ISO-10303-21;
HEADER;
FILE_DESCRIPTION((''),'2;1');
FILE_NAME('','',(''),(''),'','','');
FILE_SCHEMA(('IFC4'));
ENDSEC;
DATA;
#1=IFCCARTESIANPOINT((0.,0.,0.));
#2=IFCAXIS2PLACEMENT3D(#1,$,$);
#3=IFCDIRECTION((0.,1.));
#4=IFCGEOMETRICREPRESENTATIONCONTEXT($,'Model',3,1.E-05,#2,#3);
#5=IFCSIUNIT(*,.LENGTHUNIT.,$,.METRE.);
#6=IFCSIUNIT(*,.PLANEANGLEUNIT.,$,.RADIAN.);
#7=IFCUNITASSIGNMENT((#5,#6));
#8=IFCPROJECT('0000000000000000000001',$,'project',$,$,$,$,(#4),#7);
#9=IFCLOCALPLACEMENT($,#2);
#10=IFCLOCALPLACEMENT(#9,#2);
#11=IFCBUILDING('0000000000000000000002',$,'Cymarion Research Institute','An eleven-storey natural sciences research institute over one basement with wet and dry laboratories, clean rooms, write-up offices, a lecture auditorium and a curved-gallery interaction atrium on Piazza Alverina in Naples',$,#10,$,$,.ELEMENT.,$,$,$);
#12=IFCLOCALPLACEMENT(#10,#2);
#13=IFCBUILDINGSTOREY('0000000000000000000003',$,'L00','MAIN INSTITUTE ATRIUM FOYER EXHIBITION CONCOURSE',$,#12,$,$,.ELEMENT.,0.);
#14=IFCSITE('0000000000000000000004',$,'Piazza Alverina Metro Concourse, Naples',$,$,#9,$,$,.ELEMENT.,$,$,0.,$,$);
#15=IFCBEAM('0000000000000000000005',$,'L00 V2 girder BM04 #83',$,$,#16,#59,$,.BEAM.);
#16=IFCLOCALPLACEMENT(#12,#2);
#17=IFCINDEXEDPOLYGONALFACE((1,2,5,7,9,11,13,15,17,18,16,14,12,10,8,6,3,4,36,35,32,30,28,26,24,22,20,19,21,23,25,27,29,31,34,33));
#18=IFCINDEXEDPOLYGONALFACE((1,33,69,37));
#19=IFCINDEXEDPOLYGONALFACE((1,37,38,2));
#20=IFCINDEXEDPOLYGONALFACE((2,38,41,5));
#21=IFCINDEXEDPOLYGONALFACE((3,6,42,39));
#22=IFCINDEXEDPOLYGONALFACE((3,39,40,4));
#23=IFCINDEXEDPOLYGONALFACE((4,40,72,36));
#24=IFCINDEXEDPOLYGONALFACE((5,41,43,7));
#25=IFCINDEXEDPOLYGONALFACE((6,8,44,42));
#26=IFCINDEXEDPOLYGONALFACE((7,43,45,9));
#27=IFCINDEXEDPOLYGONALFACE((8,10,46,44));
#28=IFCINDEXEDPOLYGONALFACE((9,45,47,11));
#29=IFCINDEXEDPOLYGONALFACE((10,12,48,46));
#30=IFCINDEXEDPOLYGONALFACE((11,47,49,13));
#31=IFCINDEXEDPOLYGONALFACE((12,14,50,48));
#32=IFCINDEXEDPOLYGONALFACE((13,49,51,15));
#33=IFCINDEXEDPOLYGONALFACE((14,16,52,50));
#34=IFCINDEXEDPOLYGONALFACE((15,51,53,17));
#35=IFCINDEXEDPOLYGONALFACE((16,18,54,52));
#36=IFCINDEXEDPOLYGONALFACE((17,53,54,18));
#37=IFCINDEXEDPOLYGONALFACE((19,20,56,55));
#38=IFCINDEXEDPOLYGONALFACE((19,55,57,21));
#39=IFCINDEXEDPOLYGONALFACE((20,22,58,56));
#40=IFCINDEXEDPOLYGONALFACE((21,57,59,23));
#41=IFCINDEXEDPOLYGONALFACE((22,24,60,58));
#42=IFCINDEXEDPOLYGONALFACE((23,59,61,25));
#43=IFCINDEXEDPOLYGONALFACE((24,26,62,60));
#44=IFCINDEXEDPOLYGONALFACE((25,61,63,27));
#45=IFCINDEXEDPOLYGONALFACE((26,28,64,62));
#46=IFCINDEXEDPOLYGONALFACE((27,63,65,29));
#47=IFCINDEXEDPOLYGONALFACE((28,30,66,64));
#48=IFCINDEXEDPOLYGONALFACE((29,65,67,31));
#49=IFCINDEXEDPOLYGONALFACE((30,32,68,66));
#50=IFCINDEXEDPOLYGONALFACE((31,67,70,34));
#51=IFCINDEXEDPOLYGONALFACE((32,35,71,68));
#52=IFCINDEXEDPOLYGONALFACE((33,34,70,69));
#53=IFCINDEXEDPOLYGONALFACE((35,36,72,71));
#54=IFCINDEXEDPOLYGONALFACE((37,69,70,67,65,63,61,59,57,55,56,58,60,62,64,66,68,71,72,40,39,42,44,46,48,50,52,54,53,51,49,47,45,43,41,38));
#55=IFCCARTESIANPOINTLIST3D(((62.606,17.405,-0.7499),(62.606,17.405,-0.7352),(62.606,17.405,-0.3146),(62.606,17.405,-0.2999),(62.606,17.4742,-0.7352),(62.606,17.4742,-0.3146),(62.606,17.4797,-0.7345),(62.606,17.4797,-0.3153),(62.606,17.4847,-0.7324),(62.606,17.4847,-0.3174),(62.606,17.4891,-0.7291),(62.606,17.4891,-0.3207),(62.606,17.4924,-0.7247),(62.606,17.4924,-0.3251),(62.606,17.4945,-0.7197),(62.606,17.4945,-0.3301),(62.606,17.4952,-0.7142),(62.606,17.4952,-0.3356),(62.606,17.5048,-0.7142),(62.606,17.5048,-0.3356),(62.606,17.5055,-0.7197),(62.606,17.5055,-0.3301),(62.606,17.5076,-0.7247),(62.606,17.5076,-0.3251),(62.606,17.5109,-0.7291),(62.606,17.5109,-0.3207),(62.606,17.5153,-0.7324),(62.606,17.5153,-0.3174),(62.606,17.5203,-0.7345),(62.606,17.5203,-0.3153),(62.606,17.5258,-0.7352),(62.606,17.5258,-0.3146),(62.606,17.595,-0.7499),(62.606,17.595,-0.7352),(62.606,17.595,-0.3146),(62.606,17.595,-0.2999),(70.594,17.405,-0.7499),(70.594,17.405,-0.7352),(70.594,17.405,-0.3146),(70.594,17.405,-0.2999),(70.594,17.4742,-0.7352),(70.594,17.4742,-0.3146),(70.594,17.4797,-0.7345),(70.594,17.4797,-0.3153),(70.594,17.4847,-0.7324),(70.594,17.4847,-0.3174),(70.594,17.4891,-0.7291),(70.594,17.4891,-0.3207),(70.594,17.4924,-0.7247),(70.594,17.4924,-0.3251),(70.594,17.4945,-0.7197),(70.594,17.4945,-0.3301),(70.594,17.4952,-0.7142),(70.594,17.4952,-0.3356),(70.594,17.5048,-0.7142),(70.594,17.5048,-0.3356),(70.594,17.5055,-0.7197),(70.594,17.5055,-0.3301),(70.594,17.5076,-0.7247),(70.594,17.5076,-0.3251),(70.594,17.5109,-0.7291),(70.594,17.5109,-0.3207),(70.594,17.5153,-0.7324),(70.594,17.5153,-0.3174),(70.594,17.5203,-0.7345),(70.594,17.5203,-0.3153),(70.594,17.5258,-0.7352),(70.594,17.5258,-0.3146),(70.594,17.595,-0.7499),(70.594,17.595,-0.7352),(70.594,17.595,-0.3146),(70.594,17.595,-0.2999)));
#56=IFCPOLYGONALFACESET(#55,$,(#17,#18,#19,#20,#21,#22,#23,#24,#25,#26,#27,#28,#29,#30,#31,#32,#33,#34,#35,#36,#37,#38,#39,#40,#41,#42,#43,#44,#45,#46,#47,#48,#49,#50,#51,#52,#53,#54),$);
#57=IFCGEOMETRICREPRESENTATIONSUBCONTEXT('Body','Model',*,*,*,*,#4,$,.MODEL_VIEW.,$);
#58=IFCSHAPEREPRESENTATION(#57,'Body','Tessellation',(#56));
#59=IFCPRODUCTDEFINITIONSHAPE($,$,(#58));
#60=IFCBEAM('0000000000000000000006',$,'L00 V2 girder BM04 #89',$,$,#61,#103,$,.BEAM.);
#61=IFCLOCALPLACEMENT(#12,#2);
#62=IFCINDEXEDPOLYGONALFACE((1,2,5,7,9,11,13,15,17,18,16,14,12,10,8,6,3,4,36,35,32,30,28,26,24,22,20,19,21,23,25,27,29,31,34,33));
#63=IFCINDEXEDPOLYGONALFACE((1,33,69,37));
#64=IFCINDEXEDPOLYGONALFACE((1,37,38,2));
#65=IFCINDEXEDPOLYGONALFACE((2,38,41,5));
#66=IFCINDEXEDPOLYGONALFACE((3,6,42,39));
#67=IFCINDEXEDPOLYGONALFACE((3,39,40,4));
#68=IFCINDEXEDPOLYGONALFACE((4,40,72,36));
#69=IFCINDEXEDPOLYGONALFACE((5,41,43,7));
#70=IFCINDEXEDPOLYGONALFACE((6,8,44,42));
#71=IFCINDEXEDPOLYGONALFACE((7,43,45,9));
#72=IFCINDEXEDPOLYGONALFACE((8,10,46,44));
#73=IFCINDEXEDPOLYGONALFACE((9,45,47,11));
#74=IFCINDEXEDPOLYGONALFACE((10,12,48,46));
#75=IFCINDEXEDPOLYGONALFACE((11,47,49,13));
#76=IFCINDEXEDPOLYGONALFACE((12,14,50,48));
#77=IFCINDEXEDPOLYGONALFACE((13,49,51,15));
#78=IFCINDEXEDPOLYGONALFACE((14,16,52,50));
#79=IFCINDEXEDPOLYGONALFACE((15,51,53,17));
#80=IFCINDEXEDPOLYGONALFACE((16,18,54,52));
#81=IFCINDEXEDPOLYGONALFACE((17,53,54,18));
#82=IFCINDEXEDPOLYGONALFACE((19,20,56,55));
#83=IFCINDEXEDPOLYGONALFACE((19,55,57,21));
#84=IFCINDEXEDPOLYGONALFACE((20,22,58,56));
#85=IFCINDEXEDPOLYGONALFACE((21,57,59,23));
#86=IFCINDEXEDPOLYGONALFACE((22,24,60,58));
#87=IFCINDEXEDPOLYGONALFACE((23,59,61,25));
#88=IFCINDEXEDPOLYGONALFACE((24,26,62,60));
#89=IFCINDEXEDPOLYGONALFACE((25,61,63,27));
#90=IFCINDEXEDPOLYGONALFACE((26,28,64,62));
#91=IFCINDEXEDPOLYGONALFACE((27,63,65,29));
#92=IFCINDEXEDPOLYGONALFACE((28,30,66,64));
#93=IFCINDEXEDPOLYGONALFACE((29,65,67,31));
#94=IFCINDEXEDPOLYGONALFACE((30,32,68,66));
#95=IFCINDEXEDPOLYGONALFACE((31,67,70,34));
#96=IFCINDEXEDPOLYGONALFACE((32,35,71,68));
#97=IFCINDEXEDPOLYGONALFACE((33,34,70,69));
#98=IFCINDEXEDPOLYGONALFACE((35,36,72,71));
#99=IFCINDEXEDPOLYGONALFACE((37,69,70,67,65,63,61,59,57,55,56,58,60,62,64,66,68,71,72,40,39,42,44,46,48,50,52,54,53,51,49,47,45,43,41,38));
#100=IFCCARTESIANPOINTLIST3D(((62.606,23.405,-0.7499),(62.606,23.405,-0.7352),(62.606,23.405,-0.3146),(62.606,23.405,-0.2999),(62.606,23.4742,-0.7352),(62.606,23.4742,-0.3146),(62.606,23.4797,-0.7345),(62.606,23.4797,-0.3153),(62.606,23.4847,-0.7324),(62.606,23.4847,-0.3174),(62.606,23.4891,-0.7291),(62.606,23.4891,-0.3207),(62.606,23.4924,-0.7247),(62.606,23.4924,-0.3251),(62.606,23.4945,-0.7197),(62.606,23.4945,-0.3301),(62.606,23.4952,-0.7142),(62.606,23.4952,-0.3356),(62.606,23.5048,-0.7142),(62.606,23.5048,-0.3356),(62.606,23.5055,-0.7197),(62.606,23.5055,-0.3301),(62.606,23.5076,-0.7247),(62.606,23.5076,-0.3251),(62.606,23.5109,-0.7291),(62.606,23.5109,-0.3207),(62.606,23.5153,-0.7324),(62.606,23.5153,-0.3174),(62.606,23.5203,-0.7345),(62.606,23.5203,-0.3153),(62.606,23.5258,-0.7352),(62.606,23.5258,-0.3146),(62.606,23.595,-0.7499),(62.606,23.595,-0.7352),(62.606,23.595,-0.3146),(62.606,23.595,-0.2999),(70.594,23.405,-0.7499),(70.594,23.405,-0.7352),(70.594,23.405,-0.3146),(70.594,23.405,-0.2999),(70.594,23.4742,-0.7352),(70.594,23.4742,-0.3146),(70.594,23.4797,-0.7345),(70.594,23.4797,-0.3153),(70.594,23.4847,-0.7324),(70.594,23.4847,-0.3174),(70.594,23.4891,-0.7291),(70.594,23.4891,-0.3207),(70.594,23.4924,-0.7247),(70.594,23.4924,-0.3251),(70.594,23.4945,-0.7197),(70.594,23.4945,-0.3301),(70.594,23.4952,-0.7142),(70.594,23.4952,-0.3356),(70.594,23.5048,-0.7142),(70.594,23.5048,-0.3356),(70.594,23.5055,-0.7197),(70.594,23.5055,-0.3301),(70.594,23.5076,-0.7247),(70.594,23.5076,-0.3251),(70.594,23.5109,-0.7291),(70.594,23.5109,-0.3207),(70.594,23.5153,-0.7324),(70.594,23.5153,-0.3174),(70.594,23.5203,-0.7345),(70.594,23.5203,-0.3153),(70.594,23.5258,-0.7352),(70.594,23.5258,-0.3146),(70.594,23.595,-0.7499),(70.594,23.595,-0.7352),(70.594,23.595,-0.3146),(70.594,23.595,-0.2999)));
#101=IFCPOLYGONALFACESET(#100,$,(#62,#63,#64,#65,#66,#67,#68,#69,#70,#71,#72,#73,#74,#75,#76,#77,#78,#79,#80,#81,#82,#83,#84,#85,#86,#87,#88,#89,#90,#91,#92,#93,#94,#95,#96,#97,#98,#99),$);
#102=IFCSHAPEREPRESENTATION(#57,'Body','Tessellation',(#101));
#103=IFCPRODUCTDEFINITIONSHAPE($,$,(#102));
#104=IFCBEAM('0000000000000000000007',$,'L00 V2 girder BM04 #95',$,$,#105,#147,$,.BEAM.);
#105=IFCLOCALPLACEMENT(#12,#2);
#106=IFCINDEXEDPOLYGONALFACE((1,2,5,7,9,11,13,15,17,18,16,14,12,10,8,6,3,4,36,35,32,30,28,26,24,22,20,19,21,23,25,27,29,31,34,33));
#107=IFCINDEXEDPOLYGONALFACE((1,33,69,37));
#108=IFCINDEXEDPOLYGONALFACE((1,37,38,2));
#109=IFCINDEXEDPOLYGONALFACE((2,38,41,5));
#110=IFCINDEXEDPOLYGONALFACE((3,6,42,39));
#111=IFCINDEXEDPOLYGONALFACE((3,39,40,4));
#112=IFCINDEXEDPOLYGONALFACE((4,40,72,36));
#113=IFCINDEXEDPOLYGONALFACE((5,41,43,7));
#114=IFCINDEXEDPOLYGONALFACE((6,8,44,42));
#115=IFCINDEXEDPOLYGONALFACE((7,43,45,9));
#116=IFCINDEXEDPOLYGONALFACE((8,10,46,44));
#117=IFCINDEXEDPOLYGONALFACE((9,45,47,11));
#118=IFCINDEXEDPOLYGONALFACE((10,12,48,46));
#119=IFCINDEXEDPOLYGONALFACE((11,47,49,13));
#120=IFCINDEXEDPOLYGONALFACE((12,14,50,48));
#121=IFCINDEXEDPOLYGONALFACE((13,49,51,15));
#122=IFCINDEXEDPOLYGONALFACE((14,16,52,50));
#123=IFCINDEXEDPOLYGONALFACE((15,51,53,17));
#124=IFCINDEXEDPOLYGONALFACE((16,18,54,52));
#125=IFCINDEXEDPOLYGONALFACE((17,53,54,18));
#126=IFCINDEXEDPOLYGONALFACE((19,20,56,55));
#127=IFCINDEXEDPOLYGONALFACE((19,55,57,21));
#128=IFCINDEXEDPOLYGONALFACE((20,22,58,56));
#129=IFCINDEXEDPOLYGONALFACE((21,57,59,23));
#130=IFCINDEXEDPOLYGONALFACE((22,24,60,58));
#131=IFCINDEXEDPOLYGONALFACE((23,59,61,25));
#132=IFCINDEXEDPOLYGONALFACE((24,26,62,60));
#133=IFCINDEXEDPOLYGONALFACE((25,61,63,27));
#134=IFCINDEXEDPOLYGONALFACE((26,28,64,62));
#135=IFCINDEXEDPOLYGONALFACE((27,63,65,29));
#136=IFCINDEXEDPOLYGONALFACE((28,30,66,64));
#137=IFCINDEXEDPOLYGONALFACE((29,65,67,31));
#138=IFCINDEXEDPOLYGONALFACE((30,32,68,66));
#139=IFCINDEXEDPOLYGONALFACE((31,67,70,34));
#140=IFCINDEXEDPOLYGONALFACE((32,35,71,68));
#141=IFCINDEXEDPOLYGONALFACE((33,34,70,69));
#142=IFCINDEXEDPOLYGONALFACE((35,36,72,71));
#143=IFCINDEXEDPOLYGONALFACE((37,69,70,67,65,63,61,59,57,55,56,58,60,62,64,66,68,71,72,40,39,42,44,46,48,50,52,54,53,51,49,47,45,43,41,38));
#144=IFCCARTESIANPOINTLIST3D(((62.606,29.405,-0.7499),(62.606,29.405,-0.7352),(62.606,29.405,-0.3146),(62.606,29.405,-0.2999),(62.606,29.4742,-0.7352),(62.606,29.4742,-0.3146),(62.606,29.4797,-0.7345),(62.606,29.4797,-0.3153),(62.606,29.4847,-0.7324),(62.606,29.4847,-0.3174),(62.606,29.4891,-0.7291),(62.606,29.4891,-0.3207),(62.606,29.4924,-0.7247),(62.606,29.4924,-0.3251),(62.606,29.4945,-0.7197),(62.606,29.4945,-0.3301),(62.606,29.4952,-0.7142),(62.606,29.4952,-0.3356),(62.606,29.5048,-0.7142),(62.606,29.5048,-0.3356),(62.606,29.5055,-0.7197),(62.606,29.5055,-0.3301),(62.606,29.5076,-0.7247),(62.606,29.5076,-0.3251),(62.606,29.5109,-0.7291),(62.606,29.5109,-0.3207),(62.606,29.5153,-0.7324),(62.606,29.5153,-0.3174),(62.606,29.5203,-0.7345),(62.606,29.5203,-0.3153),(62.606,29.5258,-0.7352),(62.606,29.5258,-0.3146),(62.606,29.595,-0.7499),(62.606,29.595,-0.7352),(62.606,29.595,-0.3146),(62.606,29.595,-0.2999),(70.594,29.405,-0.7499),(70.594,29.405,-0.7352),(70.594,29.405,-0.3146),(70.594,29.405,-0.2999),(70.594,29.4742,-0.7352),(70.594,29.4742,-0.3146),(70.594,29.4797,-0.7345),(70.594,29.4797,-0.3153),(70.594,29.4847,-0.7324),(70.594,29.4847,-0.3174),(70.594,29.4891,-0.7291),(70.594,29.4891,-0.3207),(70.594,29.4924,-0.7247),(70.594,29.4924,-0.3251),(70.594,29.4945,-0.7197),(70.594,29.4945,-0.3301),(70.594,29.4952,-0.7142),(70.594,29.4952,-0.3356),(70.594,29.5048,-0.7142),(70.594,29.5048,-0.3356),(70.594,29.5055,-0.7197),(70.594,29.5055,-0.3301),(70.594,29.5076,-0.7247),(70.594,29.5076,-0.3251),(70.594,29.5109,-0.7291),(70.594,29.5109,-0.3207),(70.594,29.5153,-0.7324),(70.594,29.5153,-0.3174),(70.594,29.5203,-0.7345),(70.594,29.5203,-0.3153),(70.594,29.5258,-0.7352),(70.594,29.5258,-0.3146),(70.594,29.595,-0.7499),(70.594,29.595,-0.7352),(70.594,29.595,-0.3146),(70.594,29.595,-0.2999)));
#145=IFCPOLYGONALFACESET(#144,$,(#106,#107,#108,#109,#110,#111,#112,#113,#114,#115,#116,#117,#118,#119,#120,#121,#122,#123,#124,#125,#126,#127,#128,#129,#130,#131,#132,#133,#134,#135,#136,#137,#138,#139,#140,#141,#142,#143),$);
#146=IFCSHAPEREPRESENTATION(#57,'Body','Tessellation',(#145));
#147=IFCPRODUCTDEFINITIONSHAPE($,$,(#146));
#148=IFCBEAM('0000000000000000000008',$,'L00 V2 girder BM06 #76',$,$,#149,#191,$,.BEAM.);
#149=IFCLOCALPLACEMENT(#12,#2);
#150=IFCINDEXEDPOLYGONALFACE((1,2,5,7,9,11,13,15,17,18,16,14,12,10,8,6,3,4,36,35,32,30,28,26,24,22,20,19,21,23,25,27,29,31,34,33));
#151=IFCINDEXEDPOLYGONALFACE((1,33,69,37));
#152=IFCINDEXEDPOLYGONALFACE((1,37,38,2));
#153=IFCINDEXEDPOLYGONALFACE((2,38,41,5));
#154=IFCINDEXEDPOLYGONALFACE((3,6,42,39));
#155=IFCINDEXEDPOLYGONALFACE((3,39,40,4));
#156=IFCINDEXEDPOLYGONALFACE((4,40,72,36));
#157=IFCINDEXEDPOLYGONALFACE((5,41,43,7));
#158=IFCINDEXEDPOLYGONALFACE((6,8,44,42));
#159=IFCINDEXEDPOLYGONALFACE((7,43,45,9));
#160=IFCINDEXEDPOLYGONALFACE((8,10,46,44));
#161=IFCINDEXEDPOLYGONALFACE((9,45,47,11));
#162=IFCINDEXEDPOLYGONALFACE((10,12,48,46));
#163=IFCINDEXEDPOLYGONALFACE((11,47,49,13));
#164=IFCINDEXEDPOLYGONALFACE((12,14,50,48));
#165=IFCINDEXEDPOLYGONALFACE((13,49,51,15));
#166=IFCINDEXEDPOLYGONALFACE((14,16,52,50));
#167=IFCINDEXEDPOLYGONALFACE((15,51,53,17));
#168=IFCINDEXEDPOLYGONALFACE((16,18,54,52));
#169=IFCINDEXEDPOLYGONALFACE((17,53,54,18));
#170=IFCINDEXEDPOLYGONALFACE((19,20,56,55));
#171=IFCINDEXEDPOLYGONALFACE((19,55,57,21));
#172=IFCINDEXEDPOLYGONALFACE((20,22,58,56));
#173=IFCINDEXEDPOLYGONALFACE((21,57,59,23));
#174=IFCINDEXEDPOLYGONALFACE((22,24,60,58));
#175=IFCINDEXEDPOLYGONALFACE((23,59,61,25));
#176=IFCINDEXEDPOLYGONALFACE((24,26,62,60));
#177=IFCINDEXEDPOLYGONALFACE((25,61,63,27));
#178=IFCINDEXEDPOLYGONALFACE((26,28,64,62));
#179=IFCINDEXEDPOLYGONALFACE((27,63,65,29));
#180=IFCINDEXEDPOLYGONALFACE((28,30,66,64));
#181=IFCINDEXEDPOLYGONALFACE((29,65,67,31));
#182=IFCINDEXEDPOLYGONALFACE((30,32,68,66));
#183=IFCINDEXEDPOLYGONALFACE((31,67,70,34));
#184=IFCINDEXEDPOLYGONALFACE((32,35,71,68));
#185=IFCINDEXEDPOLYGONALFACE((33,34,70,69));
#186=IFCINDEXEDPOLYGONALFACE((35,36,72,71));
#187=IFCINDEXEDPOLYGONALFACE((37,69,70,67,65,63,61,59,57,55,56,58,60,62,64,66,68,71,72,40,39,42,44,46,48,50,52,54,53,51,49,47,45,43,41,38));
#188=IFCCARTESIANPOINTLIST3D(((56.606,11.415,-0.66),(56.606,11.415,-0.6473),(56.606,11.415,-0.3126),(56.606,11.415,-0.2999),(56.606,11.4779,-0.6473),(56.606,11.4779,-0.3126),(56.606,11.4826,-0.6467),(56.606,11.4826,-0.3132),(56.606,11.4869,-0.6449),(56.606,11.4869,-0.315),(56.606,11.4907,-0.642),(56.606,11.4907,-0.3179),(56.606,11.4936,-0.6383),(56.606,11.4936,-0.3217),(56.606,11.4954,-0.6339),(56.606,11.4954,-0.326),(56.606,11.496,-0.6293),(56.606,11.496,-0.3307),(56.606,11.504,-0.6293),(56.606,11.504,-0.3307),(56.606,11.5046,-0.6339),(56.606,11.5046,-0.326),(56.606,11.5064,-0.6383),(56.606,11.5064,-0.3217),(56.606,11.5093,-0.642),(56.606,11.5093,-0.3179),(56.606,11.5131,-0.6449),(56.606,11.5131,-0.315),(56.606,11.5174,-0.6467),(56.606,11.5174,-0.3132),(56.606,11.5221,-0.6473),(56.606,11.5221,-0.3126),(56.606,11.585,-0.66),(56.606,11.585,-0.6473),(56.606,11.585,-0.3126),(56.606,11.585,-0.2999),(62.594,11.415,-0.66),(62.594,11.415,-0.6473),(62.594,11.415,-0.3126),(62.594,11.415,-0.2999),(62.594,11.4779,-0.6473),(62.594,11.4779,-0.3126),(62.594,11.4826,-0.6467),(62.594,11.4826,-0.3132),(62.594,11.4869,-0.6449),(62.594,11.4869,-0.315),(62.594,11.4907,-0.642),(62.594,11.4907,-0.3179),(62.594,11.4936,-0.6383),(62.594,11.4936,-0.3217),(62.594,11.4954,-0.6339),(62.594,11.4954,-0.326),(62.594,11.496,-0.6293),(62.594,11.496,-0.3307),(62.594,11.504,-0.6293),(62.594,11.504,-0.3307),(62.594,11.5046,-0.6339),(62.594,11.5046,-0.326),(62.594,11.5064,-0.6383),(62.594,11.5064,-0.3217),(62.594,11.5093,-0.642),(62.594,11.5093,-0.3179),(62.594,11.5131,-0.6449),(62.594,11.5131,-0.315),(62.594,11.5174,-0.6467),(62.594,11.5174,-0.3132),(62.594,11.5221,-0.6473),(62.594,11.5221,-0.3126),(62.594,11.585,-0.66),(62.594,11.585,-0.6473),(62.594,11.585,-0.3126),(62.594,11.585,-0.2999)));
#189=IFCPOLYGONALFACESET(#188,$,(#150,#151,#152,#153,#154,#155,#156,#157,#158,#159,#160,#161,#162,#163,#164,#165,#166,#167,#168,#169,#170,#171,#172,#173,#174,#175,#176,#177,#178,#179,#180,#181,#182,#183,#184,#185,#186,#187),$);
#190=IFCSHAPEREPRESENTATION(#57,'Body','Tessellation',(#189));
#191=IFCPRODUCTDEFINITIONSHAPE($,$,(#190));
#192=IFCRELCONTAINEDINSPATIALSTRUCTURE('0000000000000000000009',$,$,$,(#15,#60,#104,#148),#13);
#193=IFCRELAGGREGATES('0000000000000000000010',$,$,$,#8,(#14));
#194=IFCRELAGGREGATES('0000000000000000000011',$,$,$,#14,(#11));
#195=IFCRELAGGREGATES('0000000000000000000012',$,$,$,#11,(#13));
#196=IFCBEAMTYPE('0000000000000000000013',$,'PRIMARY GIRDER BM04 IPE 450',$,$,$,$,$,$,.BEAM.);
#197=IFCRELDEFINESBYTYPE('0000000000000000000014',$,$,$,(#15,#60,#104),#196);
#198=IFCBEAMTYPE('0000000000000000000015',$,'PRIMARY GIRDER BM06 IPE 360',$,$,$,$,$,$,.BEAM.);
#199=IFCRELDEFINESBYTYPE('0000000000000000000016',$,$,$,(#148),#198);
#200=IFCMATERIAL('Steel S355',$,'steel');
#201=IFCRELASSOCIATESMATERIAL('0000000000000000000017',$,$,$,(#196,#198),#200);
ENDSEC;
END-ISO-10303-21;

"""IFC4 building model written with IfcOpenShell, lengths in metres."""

from ifc_helpers import new_model, si_unit, direction, frame, origin, origin_2d, place, context, subcontext, project, spatial, i_section, extrude, material, material_profile, profile_set, type_object, element, save


model = new_model("IFC4")

# Units and contexts
model_context = context("Model", 3, precision=1e-05, world=origin(), true_north=direction((0.0, 1.0)))
body_context = subcontext(model_context, "Body", "Model", "MODEL_VIEW")
ifc_project = project(units=[si_unit("LENGTHUNIT", "METRE"), si_unit("PLANEANGLEUNIT", "RADIAN")], contexts=[model_context])

# Site, building, storey
site_placement = place(None, origin())
site = spatial("IfcSite", under=ifc_project, at=site_placement, Name="Piazza Alverina Metro Concourse, Naples", CompositionType="ELEMENT", RefElevation=0.0)
building_placement = place(site_placement, origin())
building = spatial("IfcBuilding", under=site, at=building_placement, Name="Cymarion Research Institute", Description="An eleven-storey natural sciences research institute over one basement with wet and dry laboratories, clean rooms, write-up offices, a lecture auditorium and a curved-gallery interaction atrium on Piazza Alverina in Naples", CompositionType="ELEMENT")
storey_placement = place(building_placement, origin())
storey = spatial("IfcBuildingStorey", under=building, at=storey_placement, Name="L00", Description="MAIN INSTITUTE ATRIUM FOYER EXHIBITION CONCOURSE", CompositionType="ELEMENT", Elevation=0.0)

# Shared definitions
ifc_material_1 = material(Name="Steel S355", Category="steel")

# Beams
ifc_material_profile_1 = material_profile(ifc_material_1, i_section(OverallWidth=0.1899, OverallDepth=0.45, WebThickness=0.0095, FlangeThickness=0.0146, FilletRadius=0.021, at=origin_2d()), Name="IPE 450")
ifc_profile_set_1 = profile_set([ifc_material_profile_1], Name="Steel S355")
beam_type_1 = type_object("IfcBeamType", Name="PRIMARY GIRDER BM04 IPE 450", PredefinedType="BEAM", material=ifc_profile_set_1)
for number, where, z_axis, x_axis, name in (
    (1, (62.606, 17.5, -0.5249), (1.0, 0.0, 0.0), (0.0, 1.0, 0.0), "L00 V2 girder BM04 #83"),
    (2, (62.606, 23.5, -0.5249), (1.0, 0.0, 0.0), (0.0, 1.0, 0.0), "L00 V2 girder BM04 #89"),
    (3, (62.606, 29.5, -0.5249), (1.0, 0.0, 0.0), (0.0, 1.0, 0.0), "L00 V2 girder BM04 #95"),
):
    element("IfcBeam", number, at=place(storey_placement, frame(where, z_axis=z_axis, x_axis=x_axis)), inside=storey, type_object=beam_type_1, Name=name, PredefinedType="BEAM", context=body_context, shape_type="SweptSolid", body=[
        extrude(i_section(OverallWidth=0.1899, OverallDepth=0.45, WebThickness=0.0095, FlangeThickness=0.0146, FilletRadius=0.021, at=origin_2d()), origin(), (0.0, 0.0, 1.0), 7.988),
    ])
ifc_material_profile_2 = material_profile(ifc_material_1, i_section(OverallWidth=0.1699, OverallDepth=0.3601, WebThickness=0.0081, FlangeThickness=0.0127, FilletRadius=0.0181, at=origin_2d()), Name="IPE 360")
ifc_profile_set_2 = profile_set([ifc_material_profile_2], Name="Steel S355")
beam_type_2 = type_object("IfcBeamType", Name="PRIMARY GIRDER BM06 IPE 360", PredefinedType="BEAM", material=ifc_profile_set_2)
for number, where, z_axis, x_axis, name in (
    (4, (56.606, 11.5, -0.48), (1.0, 0.0, 0.0), (0.0, 1.0, 0.0), "L00 V2 girder BM06 #76"),
):
    element("IfcBeam", number, at=place(storey_placement, frame(where, z_axis=z_axis, x_axis=x_axis)), inside=storey, type_object=beam_type_2, Name=name, PredefinedType="BEAM", context=body_context, shape_type="SweptSolid", body=[
        extrude(i_section(OverallWidth=0.1699, OverallDepth=0.3601, WebThickness=0.0081, FlangeThickness=0.0127, FilletRadius=0.0181, at=origin_2d()), origin(), (0.0, 0.0, 1.0), 5.988),
    ])

save(model, "model.ifc")
